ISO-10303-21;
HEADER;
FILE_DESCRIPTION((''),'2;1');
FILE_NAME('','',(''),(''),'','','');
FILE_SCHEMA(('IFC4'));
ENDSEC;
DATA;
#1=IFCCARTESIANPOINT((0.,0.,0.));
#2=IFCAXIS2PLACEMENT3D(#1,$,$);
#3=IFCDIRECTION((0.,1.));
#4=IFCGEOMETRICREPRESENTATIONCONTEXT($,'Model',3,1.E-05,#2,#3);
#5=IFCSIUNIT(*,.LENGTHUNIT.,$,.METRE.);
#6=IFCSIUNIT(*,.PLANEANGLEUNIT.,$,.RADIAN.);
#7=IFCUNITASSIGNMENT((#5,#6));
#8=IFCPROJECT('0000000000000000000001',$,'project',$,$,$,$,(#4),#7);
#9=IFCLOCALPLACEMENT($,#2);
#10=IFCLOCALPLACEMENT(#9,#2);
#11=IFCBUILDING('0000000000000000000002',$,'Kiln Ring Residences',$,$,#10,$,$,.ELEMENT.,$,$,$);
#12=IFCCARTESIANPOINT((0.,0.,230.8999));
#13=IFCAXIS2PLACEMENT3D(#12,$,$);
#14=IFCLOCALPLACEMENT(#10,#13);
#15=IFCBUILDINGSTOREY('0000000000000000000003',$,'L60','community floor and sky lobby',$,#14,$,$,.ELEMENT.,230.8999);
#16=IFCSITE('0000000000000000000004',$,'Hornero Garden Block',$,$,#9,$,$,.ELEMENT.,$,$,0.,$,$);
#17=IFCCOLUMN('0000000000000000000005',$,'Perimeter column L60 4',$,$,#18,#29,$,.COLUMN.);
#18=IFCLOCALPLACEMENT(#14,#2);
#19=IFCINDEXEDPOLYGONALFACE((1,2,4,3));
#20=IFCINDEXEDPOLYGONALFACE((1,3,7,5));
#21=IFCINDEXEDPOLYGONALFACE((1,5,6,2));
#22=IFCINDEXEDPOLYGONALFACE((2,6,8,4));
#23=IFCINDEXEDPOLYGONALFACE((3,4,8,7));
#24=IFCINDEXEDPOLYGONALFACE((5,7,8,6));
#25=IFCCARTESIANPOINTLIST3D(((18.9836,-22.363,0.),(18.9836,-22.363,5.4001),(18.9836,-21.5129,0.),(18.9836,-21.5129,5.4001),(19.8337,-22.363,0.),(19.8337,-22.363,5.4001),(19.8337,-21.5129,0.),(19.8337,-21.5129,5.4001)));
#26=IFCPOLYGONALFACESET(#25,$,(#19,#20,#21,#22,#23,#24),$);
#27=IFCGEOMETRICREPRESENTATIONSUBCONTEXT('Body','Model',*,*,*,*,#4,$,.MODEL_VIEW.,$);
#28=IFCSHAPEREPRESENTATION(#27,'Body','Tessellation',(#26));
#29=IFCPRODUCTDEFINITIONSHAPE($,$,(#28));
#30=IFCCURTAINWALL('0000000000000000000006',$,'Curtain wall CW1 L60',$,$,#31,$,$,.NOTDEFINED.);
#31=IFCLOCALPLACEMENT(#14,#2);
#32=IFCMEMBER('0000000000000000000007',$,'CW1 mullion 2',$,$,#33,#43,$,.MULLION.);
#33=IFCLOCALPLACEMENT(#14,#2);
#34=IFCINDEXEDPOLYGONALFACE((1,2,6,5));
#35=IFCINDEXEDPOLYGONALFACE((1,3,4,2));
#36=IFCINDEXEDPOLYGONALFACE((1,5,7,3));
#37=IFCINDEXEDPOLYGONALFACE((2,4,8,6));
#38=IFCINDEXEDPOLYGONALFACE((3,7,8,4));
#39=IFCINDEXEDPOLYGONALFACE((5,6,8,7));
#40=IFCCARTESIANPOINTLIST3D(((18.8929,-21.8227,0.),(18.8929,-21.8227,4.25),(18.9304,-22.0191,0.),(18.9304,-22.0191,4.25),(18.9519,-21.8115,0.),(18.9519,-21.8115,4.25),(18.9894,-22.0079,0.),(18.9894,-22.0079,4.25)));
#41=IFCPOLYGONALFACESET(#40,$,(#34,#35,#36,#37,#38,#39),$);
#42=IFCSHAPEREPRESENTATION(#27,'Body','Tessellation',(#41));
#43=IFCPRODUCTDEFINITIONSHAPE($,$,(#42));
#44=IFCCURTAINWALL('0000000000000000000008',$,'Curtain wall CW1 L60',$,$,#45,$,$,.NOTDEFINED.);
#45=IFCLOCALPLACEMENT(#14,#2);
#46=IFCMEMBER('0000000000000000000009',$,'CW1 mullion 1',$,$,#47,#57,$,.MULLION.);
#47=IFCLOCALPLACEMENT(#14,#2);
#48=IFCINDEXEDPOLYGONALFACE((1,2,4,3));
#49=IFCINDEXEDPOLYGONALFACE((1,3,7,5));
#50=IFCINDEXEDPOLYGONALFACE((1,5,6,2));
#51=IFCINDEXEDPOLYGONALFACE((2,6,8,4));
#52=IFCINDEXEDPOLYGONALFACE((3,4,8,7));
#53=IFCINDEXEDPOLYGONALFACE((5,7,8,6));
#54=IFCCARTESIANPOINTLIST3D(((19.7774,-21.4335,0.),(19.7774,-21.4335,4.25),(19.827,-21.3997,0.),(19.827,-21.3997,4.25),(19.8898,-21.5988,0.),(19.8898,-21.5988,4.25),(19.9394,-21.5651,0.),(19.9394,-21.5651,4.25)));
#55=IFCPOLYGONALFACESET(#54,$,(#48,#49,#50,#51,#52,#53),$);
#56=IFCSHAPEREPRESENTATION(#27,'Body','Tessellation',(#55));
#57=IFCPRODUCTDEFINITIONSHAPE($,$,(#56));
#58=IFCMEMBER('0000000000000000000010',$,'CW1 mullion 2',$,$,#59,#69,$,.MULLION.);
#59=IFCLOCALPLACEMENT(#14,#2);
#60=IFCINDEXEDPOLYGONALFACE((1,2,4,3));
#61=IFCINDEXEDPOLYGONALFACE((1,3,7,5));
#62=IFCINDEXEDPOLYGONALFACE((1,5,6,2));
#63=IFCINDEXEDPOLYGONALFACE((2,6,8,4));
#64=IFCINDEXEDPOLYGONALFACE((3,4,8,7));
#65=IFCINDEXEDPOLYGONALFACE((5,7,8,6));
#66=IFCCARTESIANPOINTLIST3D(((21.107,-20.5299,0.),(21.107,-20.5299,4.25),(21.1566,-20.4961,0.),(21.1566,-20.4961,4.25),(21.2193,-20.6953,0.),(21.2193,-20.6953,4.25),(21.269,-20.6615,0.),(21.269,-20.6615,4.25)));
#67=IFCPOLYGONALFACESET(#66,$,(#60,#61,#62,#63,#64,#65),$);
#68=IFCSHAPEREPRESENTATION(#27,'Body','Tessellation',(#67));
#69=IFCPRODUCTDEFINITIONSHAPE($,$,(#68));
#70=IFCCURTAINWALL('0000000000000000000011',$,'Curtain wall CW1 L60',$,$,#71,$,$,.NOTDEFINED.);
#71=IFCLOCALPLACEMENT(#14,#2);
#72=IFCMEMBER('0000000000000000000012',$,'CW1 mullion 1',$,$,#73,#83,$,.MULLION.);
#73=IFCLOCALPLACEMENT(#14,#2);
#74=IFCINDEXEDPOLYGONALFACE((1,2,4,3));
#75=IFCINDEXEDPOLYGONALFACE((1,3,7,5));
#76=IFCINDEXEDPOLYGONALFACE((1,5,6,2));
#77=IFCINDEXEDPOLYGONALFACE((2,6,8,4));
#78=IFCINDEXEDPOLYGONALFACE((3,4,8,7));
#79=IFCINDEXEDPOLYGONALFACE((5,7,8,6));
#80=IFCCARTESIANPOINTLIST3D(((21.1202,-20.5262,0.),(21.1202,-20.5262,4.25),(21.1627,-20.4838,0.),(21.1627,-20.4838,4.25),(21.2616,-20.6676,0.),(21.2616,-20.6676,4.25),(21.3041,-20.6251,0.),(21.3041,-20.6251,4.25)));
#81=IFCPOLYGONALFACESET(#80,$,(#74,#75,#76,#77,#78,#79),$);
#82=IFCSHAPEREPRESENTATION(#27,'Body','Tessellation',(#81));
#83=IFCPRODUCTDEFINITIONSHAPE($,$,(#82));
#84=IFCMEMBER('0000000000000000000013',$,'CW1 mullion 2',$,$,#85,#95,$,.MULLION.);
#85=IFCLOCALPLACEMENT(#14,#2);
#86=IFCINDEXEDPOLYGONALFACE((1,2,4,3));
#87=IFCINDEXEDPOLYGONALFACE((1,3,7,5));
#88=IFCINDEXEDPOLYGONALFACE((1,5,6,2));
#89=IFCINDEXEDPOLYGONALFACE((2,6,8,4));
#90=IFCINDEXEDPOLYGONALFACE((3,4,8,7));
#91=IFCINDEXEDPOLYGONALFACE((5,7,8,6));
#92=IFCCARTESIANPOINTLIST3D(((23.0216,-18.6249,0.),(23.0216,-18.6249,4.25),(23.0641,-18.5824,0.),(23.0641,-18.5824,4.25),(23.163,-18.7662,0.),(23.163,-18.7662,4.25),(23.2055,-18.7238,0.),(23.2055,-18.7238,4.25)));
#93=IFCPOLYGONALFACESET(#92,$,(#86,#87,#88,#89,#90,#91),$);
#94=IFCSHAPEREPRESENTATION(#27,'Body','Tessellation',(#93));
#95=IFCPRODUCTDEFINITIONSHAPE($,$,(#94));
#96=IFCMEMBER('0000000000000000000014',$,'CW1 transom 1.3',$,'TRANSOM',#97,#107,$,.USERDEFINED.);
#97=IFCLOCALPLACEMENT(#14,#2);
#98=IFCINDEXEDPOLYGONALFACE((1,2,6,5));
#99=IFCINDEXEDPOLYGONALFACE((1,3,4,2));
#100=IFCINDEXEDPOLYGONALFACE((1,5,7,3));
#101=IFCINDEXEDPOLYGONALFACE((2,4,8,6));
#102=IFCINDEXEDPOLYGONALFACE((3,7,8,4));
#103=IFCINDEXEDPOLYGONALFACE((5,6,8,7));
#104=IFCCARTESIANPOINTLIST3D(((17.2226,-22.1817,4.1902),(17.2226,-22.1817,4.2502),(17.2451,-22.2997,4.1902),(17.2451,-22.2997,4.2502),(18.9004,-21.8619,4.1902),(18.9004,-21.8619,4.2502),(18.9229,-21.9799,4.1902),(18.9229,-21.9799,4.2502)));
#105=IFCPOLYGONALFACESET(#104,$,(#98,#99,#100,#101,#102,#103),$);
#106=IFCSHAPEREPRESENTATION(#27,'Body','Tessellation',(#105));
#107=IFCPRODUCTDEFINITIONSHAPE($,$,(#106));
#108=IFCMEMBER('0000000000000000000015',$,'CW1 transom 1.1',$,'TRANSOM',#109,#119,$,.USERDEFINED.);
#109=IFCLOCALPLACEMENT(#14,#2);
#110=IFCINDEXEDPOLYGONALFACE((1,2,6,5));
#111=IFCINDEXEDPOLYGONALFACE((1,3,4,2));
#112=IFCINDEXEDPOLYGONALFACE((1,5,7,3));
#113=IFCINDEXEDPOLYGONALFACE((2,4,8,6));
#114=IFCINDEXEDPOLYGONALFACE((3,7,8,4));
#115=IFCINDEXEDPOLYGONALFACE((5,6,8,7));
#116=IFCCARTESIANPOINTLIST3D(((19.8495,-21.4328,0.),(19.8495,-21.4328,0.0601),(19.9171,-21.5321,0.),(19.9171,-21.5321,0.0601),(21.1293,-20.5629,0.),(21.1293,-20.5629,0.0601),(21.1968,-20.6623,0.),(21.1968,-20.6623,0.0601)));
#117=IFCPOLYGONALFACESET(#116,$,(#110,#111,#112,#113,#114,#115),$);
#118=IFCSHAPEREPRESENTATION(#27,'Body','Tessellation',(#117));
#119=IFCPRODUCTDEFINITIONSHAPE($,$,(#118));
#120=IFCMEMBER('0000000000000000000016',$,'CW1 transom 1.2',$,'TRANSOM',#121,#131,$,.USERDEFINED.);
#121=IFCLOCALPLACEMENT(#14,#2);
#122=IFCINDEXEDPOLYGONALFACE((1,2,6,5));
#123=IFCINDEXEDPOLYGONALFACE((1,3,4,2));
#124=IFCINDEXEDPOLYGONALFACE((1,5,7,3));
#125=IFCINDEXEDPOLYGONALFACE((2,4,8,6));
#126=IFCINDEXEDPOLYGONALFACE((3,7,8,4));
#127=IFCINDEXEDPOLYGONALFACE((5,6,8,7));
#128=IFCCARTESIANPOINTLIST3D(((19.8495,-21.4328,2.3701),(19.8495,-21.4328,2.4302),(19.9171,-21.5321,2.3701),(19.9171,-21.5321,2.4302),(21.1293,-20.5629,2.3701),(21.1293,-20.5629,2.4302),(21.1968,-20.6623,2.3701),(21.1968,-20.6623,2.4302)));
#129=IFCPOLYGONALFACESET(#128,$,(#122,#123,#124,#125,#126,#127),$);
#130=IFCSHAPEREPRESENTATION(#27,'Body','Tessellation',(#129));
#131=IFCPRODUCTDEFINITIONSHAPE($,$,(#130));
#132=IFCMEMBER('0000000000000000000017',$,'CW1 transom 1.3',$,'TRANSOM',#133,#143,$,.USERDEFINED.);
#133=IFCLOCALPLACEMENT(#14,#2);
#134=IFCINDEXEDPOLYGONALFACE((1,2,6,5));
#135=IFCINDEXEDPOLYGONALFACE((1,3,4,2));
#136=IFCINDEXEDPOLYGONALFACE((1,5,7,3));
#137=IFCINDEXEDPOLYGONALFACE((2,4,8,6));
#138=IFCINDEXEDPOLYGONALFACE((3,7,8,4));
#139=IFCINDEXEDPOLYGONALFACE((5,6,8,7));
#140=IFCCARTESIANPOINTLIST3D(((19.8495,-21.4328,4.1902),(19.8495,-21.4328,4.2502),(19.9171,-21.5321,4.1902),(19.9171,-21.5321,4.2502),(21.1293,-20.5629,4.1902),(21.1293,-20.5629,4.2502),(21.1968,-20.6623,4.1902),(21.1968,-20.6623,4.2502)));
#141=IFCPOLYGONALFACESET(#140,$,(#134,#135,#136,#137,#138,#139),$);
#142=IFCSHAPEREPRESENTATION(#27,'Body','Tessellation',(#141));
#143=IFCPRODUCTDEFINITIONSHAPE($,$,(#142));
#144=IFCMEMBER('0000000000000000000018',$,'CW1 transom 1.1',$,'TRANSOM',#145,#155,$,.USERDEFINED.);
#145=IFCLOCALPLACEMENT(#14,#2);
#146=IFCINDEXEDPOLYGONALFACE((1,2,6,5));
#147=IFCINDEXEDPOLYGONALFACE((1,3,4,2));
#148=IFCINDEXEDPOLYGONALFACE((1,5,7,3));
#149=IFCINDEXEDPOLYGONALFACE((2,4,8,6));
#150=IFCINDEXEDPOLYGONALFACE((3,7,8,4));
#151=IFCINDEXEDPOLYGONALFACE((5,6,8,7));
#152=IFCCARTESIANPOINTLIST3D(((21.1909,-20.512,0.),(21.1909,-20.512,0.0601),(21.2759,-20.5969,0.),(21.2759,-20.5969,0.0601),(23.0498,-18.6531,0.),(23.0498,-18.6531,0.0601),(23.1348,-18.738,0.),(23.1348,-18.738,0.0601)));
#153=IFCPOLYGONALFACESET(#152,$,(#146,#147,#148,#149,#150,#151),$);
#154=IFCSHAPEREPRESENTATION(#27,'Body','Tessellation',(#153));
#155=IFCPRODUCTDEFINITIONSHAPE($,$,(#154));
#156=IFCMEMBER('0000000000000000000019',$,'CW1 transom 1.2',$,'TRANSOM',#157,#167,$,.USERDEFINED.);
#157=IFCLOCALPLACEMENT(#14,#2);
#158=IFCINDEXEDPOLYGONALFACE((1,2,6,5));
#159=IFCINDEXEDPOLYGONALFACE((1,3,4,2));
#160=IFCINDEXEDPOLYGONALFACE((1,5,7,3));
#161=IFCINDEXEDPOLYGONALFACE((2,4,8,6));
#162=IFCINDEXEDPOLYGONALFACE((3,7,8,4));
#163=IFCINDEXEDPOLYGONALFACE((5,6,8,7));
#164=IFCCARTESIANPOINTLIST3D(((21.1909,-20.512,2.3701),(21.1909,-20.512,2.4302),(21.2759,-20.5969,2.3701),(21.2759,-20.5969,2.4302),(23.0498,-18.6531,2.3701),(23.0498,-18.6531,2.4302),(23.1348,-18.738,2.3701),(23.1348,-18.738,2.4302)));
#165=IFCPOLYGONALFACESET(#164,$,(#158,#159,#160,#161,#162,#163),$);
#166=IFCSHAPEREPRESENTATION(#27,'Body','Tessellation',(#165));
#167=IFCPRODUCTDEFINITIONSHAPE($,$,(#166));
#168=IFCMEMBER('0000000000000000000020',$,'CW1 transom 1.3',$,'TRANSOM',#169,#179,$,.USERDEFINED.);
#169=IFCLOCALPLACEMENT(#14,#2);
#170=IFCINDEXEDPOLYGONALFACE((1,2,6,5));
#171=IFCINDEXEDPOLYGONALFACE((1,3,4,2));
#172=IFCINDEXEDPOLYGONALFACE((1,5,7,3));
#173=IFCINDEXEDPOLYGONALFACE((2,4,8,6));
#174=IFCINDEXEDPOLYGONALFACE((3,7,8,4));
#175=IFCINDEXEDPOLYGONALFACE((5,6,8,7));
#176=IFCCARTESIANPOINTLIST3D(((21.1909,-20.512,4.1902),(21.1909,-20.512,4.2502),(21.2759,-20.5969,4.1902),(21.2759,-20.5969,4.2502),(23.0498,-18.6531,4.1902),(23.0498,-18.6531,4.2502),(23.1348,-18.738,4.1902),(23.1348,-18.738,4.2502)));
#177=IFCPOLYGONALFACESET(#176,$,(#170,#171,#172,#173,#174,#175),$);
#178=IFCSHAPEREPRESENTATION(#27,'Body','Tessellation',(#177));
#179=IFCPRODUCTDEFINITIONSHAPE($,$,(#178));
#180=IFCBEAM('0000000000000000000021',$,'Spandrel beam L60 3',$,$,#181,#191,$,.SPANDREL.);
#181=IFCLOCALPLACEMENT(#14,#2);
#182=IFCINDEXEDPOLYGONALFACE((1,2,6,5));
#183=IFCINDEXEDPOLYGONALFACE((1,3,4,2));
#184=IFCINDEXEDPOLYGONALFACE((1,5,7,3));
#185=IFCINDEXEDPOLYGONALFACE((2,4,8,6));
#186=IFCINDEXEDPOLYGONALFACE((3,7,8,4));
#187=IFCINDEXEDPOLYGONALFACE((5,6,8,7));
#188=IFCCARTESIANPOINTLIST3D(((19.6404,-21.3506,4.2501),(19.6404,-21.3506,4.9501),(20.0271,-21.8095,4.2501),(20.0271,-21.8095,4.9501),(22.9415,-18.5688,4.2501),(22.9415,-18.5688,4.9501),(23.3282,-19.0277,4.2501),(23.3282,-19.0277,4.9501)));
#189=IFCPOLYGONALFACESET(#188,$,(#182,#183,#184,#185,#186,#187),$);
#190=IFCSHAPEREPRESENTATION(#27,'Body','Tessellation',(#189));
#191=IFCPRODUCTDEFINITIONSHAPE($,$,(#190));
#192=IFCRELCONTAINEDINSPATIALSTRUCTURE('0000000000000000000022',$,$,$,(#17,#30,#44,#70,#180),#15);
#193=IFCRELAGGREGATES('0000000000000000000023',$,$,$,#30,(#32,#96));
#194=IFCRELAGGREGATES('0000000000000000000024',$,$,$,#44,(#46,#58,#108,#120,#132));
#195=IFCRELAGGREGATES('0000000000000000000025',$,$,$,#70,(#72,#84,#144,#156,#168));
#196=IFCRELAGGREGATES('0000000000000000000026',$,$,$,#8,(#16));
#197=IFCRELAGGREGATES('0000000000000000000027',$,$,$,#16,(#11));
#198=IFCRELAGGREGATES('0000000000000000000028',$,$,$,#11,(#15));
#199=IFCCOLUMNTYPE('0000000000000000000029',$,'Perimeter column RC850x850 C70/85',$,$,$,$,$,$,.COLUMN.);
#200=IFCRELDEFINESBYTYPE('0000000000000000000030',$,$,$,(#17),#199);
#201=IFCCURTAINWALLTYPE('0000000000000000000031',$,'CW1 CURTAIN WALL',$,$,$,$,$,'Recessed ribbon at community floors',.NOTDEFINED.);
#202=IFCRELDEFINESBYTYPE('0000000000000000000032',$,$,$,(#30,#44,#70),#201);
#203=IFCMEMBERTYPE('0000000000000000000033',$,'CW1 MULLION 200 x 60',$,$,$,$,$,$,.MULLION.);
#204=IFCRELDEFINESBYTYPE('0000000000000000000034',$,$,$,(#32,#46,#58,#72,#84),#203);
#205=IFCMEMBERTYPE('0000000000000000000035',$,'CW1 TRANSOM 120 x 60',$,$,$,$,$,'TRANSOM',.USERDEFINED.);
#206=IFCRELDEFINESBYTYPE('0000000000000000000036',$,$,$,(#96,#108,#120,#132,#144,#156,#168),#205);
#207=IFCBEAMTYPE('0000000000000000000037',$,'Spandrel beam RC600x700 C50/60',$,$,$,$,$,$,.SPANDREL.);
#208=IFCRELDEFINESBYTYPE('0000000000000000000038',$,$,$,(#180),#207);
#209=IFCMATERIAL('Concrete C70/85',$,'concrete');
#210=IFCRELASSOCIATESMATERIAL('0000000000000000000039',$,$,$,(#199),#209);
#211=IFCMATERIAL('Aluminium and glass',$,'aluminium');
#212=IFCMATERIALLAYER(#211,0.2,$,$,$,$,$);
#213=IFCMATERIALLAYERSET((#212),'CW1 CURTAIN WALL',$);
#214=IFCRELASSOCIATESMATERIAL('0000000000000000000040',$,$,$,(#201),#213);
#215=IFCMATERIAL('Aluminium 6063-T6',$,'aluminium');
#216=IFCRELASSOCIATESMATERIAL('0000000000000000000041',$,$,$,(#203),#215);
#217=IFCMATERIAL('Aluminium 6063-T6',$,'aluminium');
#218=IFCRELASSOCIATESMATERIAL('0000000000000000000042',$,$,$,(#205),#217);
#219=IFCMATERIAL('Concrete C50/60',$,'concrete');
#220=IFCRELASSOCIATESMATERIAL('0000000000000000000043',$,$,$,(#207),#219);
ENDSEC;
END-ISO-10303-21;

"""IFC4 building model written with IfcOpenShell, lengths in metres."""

from ifc_helpers import new_model, si_unit, direction, frame, origin, origin_2d, place, context, subcontext, project, spatial, rectangle, extrude, material, layer, layer_set, material_profile, profile_set, type_object, element, aggregate, save


model = new_model("IFC4")

# Units and contexts
model_context = context("Model", 3, precision=1e-05, world=origin(), true_north=direction((0.0, 1.0)))
body_context = subcontext(model_context, "Body", "Model", "MODEL_VIEW")
ifc_project = project(units=[si_unit("LENGTHUNIT", "METRE"), si_unit("PLANEANGLEUNIT", "RADIAN")], contexts=[model_context])

# Site, building, storey
site_placement = place(None, origin())
site = spatial("IfcSite", under=ifc_project, at=site_placement, Name="Hornero Garden Block", CompositionType="ELEMENT", RefElevation=0.0)
building_placement = place(site_placement, origin())
building = spatial("IfcBuilding", under=site, at=building_placement, Name="Kiln Ring Residences", CompositionType="ELEMENT")
storey_placement = place(building_placement, frame((0.0, 0.0, 230.8999)))
storey = spatial("IfcBuildingStorey", under=building, at=storey_placement, Name="L60", Description="community floor and sky lobby", CompositionType="ELEMENT", Elevation=230.8999)

# Column
ifc_material_1 = material(Name="Concrete C70/85", Category="concrete")
ifc_material_profile_1 = material_profile(ifc_material_1, rectangle(XDim=0.8501, YDim=0.8501, at=origin_2d()), Name="RC850x850")
ifc_profile_set_1 = profile_set([ifc_material_profile_1], Name="Concrete C70/85")
column_type = type_object("IfcColumnType", Name="Perimeter column RC850x850 C70/85", PredefinedType="COLUMN", material=ifc_profile_set_1)
column_placement = place(storey_placement, frame((19.4087, -21.938, 0.0), z_axis=(0.0, 0.0, 1.0), x_axis=(1.0, 0.0, 0.0)))
element("IfcColumn", 1, at=column_placement, inside=storey, type_object=column_type, Name="Perimeter column L60 4", PredefinedType="COLUMN", context=body_context, shape_type="SweptSolid", body=[
    extrude(rectangle(XDim=0.8501, YDim=0.8501, at=origin_2d()), origin(), (0.0, 0.0, 1.0), 5.4001),
])

# Curtain wall, member
ifc_material_2 = material(Name="Aluminium and glass", Category="aluminium")
ifc_layer_1 = layer(ifc_material_2, 0.2)
ifc_layer_set_1 = layer_set([ifc_layer_1], Name="CW1 CURTAIN WALL")
curtain_wall_type = type_object("IfcCurtainWallType", Name="CW1 CURTAIN WALL", ElementType="Recessed ribbon at community floors", PredefinedType="NOTDEFINED", material=ifc_layer_set_1)
placement = place(storey_placement, origin())
curtain_wall_1 = element("IfcCurtainWall", 2, at=placement, inside=storey, type_object=curtain_wall_type, Name="Curtain wall CW1 L60", PredefinedType="NOTDEFINED")
ifc_material_3 = material(Name="Aluminium 6063-T6", Category="aluminium")
ifc_material_profile_2 = material_profile(ifc_material_3, rectangle(XDim=0.2, YDim=0.0601, at=origin_2d()), Name="AL 200x60")
ifc_profile_set_2 = profile_set([ifc_material_profile_2], Name="Aluminium 6063-T6")
member_type_1 = type_object("IfcMemberType", Name="CW1 MULLION 200 x 60", PredefinedType="MULLION", material=ifc_profile_set_2)
member_1_placement = place(storey_placement, frame((18.9412, -21.9153, 0.0), z_axis=(0.0, 0.0, 1.0), x_axis=(-0.187366, 0.98229, 0.0)))
member_1 = element("IfcMember", 3, at=member_1_placement, type_object=member_type_1, Name="CW1 mullion 2", PredefinedType="MULLION", context=body_context, shape_type="SweptSolid", body=[
    extrude(rectangle(XDim=0.2, YDim=0.0601, at=origin_2d()), origin(), (0.0, 0.0, 1.0), 4.25),
])

# Curtain walls, members
curtain_wall_2 = element("IfcCurtainWall", 4, at=placement, inside=storey, type_object=curtain_wall_type, Name="Curtain wall CW1 L60", PredefinedType="NOTDEFINED")
member_2_placement = place(storey_placement, frame((19.8584, -21.4993, 0.0), z_axis=(0.0, 0.0, 1.0), x_axis=(-0.562097, 0.827072, 0.0)))
member_2 = element("IfcMember", 5, at=member_2_placement, type_object=member_type_1, Name="CW1 mullion 1", PredefinedType="MULLION", context=body_context, shape_type="SweptSolid", body=[
    extrude(rectangle(XDim=0.2, YDim=0.0601, at=origin_2d()), origin(), (0.0, 0.0, 1.0), 4.25),
])
member_3_placement = place(storey_placement, frame((21.188, -20.5957, 0.0), z_axis=(0.0, 0.0, 1.0), x_axis=(-0.562097, 0.827072, 0.0)))
member_3 = element("IfcMember", 6, at=member_3_placement, type_object=member_type_1, Name="CW1 mullion 2", PredefinedType="MULLION", context=body_context, shape_type="SweptSolid", body=[
    extrude(rectangle(XDim=0.2, YDim=0.0601, at=origin_2d()), origin(), (0.0, 0.0, 1.0), 4.25),
])
curtain_wall_3 = element("IfcCurtainWall", 7, at=placement, inside=storey, type_object=curtain_wall_type, Name="Curtain wall CW1 L60", PredefinedType="NOTDEFINED")
member_4_placement = place(storey_placement, frame((21.2122, -20.5757, 0.0), z_axis=(0.0, 0.0, 1.0), x_axis=(-0.707107, 0.707107, 0.0)))
member_4 = element("IfcMember", 8, at=member_4_placement, type_object=member_type_1, Name="CW1 mullion 1", PredefinedType="MULLION", context=body_context, shape_type="SweptSolid", body=[
    extrude(rectangle(XDim=0.2, YDim=0.0601, at=origin_2d()), origin(), (0.0, 0.0, 1.0), 4.25),
])
member_5_placement = place(storey_placement, frame((23.1135, -18.6743, 0.0), z_axis=(0.0, 0.0, 1.0), x_axis=(-0.707107, 0.707107, 0.0)))
member_5 = element("IfcMember", 9, at=member_5_placement, type_object=member_type_1, Name="CW1 mullion 2", PredefinedType="MULLION", context=body_context, shape_type="SweptSolid", body=[
    extrude(rectangle(XDim=0.2, YDim=0.0601, at=origin_2d()), origin(), (0.0, 0.0, 1.0), 4.25),
])

# Members
ifc_material_4 = material(Name="Aluminium 6063-T6", Category="aluminium")
ifc_material_profile_3 = material_profile(ifc_material_4, rectangle(XDim=0.1201, YDim=0.0601, at=origin_2d()), Name="AL 120x60")
ifc_profile_set_3 = profile_set([ifc_material_profile_3], Name="Aluminium 6063-T6")
member_type_2 = type_object("IfcMemberType", Name="CW1 TRANSOM 120 x 60", ElementType="TRANSOM", PredefinedType="USERDEFINED", material=ifc_profile_set_3)
member_6_placement = place(storey_placement, frame((17.2339, -22.2407, 4.2202), z_axis=(0.982311, 0.187257, 0.0), x_axis=(-0.187257, 0.982311, 0.0)))
member_6 = element("IfcMember", 10, at=member_6_placement, type_object=member_type_2, Name="CW1 transom 1.3", ObjectType="TRANSOM", PredefinedType="USERDEFINED", context=body_context, shape_type="SweptSolid", body=[
    extrude(rectangle(XDim=0.1201, YDim=0.0601, at=origin_2d()), origin(), (0.0, 0.0, 1.0), 1.708),
])
member_7_placement = place(storey_placement, frame((19.8833, -21.4824, 0.03), z_axis=(0.827041, 0.562142, 0.0), x_axis=(-0.562142, 0.827041, 0.0)))
member_7 = element("IfcMember", 11, at=member_7_placement, type_object=member_type_2, Name="CW1 transom 1.1", ObjectType="TRANSOM", PredefinedType="USERDEFINED", context=body_context, shape_type="SweptSolid", body=[
    extrude(rectangle(XDim=0.1201, YDim=0.0601, at=origin_2d()), origin(), (0.0, 0.0, 1.0), 1.5474),
])
member_8_placement = place(storey_placement, frame((19.8833, -21.4824, 2.4001), z_axis=(0.827041, 0.562142, 0.0), x_axis=(-0.562142, 0.827041, 0.0)))
member_8 = element("IfcMember", 12, at=member_8_placement, type_object=member_type_2, Name="CW1 transom 1.2", ObjectType="TRANSOM", PredefinedType="USERDEFINED", context=body_context, shape_type="SweptSolid", body=[
    extrude(rectangle(XDim=0.1201, YDim=0.0601, at=origin_2d()), origin(), (0.0, 0.0, 1.0), 1.5474),
])
member_9_placement = place(storey_placement, frame((19.8833, -21.4824, 4.2202), z_axis=(0.827041, 0.562142, 0.0), x_axis=(-0.562142, 0.827041, 0.0)))
member_9 = element("IfcMember", 13, at=member_9_placement, type_object=member_type_2, Name="CW1 transom 1.3", ObjectType="TRANSOM", PredefinedType="USERDEFINED", context=body_context, shape_type="SweptSolid", body=[
    extrude(rectangle(XDim=0.1201, YDim=0.0601, at=origin_2d()), origin(), (0.0, 0.0, 1.0), 1.5474),
])
member_10_placement = place(storey_placement, frame((21.2334, -20.5544, 0.03), z_axis=(0.707107, 0.707107, 0.0), x_axis=(-0.707107, 0.707107, 0.0)))
member_10 = element("IfcMember", 14, at=member_10_placement, type_object=member_type_2, Name="CW1 transom 1.1", ObjectType="TRANSOM", PredefinedType="USERDEFINED", context=body_context, shape_type="SweptSolid", body=[
    extrude(rectangle(XDim=0.1201, YDim=0.0601, at=origin_2d()), origin(), (0.0, 0.0, 1.0), 2.6289),
])
member_11_placement = place(storey_placement, frame((21.2334, -20.5544, 2.4001), z_axis=(0.707107, 0.707107, 0.0), x_axis=(-0.707107, 0.707107, 0.0)))
member_11 = element("IfcMember", 15, at=member_11_placement, type_object=member_type_2, Name="CW1 transom 1.2", ObjectType="TRANSOM", PredefinedType="USERDEFINED", context=body_context, shape_type="SweptSolid", body=[
    extrude(rectangle(XDim=0.1201, YDim=0.0601, at=origin_2d()), origin(), (0.0, 0.0, 1.0), 2.6289),
])
member_12_placement = place(storey_placement, frame((21.2334, -20.5544, 4.2202), z_axis=(0.707107, 0.707107, 0.0), x_axis=(-0.707107, 0.707107, 0.0)))
member_12 = element("IfcMember", 16, at=member_12_placement, type_object=member_type_2, Name="CW1 transom 1.3", ObjectType="TRANSOM", PredefinedType="USERDEFINED", context=body_context, shape_type="SweptSolid", body=[
    extrude(rectangle(XDim=0.1201, YDim=0.0601, at=origin_2d()), origin(), (0.0, 0.0, 1.0), 2.6289),
])

# Beam
ifc_material_5 = material(Name="Concrete C50/60", Category="concrete")
ifc_material_profile_4 = material_profile(ifc_material_5, rectangle(XDim=0.6001, YDim=0.7, at=origin_2d()), Name="RC600x700")
ifc_profile_set_4 = profile_set([ifc_material_profile_4], Name="Concrete C50/60")
beam_type = type_object("IfcBeamType", Name="Spandrel beam RC600x700 C50/60", PredefinedType="SPANDREL", material=ifc_profile_set_4)
beam_placement = place(storey_placement, frame((19.8337, -21.5801, 4.6001), z_axis=(0.764691, 0.644397, 0.0), x_axis=(-0.644397, 0.764691, 0.0)))
element("IfcBeam", 17, at=beam_placement, inside=storey, type_object=beam_type, Name="Spandrel beam L60 3", PredefinedType="SPANDREL", context=body_context, shape_type="SweptSolid", body=[
    extrude(rectangle(XDim=0.6001, YDim=0.7, at=origin_2d()), origin(), (0.0, 0.0, 1.0), 4.3169),
])

aggregate(curtain_wall_1, [member_1, member_6])
aggregate(curtain_wall_2, [member_2, member_3, member_7, member_8, member_9])
aggregate(curtain_wall_3, [member_4, member_5, member_10, member_11, member_12])

save(model, "model.ifc")
